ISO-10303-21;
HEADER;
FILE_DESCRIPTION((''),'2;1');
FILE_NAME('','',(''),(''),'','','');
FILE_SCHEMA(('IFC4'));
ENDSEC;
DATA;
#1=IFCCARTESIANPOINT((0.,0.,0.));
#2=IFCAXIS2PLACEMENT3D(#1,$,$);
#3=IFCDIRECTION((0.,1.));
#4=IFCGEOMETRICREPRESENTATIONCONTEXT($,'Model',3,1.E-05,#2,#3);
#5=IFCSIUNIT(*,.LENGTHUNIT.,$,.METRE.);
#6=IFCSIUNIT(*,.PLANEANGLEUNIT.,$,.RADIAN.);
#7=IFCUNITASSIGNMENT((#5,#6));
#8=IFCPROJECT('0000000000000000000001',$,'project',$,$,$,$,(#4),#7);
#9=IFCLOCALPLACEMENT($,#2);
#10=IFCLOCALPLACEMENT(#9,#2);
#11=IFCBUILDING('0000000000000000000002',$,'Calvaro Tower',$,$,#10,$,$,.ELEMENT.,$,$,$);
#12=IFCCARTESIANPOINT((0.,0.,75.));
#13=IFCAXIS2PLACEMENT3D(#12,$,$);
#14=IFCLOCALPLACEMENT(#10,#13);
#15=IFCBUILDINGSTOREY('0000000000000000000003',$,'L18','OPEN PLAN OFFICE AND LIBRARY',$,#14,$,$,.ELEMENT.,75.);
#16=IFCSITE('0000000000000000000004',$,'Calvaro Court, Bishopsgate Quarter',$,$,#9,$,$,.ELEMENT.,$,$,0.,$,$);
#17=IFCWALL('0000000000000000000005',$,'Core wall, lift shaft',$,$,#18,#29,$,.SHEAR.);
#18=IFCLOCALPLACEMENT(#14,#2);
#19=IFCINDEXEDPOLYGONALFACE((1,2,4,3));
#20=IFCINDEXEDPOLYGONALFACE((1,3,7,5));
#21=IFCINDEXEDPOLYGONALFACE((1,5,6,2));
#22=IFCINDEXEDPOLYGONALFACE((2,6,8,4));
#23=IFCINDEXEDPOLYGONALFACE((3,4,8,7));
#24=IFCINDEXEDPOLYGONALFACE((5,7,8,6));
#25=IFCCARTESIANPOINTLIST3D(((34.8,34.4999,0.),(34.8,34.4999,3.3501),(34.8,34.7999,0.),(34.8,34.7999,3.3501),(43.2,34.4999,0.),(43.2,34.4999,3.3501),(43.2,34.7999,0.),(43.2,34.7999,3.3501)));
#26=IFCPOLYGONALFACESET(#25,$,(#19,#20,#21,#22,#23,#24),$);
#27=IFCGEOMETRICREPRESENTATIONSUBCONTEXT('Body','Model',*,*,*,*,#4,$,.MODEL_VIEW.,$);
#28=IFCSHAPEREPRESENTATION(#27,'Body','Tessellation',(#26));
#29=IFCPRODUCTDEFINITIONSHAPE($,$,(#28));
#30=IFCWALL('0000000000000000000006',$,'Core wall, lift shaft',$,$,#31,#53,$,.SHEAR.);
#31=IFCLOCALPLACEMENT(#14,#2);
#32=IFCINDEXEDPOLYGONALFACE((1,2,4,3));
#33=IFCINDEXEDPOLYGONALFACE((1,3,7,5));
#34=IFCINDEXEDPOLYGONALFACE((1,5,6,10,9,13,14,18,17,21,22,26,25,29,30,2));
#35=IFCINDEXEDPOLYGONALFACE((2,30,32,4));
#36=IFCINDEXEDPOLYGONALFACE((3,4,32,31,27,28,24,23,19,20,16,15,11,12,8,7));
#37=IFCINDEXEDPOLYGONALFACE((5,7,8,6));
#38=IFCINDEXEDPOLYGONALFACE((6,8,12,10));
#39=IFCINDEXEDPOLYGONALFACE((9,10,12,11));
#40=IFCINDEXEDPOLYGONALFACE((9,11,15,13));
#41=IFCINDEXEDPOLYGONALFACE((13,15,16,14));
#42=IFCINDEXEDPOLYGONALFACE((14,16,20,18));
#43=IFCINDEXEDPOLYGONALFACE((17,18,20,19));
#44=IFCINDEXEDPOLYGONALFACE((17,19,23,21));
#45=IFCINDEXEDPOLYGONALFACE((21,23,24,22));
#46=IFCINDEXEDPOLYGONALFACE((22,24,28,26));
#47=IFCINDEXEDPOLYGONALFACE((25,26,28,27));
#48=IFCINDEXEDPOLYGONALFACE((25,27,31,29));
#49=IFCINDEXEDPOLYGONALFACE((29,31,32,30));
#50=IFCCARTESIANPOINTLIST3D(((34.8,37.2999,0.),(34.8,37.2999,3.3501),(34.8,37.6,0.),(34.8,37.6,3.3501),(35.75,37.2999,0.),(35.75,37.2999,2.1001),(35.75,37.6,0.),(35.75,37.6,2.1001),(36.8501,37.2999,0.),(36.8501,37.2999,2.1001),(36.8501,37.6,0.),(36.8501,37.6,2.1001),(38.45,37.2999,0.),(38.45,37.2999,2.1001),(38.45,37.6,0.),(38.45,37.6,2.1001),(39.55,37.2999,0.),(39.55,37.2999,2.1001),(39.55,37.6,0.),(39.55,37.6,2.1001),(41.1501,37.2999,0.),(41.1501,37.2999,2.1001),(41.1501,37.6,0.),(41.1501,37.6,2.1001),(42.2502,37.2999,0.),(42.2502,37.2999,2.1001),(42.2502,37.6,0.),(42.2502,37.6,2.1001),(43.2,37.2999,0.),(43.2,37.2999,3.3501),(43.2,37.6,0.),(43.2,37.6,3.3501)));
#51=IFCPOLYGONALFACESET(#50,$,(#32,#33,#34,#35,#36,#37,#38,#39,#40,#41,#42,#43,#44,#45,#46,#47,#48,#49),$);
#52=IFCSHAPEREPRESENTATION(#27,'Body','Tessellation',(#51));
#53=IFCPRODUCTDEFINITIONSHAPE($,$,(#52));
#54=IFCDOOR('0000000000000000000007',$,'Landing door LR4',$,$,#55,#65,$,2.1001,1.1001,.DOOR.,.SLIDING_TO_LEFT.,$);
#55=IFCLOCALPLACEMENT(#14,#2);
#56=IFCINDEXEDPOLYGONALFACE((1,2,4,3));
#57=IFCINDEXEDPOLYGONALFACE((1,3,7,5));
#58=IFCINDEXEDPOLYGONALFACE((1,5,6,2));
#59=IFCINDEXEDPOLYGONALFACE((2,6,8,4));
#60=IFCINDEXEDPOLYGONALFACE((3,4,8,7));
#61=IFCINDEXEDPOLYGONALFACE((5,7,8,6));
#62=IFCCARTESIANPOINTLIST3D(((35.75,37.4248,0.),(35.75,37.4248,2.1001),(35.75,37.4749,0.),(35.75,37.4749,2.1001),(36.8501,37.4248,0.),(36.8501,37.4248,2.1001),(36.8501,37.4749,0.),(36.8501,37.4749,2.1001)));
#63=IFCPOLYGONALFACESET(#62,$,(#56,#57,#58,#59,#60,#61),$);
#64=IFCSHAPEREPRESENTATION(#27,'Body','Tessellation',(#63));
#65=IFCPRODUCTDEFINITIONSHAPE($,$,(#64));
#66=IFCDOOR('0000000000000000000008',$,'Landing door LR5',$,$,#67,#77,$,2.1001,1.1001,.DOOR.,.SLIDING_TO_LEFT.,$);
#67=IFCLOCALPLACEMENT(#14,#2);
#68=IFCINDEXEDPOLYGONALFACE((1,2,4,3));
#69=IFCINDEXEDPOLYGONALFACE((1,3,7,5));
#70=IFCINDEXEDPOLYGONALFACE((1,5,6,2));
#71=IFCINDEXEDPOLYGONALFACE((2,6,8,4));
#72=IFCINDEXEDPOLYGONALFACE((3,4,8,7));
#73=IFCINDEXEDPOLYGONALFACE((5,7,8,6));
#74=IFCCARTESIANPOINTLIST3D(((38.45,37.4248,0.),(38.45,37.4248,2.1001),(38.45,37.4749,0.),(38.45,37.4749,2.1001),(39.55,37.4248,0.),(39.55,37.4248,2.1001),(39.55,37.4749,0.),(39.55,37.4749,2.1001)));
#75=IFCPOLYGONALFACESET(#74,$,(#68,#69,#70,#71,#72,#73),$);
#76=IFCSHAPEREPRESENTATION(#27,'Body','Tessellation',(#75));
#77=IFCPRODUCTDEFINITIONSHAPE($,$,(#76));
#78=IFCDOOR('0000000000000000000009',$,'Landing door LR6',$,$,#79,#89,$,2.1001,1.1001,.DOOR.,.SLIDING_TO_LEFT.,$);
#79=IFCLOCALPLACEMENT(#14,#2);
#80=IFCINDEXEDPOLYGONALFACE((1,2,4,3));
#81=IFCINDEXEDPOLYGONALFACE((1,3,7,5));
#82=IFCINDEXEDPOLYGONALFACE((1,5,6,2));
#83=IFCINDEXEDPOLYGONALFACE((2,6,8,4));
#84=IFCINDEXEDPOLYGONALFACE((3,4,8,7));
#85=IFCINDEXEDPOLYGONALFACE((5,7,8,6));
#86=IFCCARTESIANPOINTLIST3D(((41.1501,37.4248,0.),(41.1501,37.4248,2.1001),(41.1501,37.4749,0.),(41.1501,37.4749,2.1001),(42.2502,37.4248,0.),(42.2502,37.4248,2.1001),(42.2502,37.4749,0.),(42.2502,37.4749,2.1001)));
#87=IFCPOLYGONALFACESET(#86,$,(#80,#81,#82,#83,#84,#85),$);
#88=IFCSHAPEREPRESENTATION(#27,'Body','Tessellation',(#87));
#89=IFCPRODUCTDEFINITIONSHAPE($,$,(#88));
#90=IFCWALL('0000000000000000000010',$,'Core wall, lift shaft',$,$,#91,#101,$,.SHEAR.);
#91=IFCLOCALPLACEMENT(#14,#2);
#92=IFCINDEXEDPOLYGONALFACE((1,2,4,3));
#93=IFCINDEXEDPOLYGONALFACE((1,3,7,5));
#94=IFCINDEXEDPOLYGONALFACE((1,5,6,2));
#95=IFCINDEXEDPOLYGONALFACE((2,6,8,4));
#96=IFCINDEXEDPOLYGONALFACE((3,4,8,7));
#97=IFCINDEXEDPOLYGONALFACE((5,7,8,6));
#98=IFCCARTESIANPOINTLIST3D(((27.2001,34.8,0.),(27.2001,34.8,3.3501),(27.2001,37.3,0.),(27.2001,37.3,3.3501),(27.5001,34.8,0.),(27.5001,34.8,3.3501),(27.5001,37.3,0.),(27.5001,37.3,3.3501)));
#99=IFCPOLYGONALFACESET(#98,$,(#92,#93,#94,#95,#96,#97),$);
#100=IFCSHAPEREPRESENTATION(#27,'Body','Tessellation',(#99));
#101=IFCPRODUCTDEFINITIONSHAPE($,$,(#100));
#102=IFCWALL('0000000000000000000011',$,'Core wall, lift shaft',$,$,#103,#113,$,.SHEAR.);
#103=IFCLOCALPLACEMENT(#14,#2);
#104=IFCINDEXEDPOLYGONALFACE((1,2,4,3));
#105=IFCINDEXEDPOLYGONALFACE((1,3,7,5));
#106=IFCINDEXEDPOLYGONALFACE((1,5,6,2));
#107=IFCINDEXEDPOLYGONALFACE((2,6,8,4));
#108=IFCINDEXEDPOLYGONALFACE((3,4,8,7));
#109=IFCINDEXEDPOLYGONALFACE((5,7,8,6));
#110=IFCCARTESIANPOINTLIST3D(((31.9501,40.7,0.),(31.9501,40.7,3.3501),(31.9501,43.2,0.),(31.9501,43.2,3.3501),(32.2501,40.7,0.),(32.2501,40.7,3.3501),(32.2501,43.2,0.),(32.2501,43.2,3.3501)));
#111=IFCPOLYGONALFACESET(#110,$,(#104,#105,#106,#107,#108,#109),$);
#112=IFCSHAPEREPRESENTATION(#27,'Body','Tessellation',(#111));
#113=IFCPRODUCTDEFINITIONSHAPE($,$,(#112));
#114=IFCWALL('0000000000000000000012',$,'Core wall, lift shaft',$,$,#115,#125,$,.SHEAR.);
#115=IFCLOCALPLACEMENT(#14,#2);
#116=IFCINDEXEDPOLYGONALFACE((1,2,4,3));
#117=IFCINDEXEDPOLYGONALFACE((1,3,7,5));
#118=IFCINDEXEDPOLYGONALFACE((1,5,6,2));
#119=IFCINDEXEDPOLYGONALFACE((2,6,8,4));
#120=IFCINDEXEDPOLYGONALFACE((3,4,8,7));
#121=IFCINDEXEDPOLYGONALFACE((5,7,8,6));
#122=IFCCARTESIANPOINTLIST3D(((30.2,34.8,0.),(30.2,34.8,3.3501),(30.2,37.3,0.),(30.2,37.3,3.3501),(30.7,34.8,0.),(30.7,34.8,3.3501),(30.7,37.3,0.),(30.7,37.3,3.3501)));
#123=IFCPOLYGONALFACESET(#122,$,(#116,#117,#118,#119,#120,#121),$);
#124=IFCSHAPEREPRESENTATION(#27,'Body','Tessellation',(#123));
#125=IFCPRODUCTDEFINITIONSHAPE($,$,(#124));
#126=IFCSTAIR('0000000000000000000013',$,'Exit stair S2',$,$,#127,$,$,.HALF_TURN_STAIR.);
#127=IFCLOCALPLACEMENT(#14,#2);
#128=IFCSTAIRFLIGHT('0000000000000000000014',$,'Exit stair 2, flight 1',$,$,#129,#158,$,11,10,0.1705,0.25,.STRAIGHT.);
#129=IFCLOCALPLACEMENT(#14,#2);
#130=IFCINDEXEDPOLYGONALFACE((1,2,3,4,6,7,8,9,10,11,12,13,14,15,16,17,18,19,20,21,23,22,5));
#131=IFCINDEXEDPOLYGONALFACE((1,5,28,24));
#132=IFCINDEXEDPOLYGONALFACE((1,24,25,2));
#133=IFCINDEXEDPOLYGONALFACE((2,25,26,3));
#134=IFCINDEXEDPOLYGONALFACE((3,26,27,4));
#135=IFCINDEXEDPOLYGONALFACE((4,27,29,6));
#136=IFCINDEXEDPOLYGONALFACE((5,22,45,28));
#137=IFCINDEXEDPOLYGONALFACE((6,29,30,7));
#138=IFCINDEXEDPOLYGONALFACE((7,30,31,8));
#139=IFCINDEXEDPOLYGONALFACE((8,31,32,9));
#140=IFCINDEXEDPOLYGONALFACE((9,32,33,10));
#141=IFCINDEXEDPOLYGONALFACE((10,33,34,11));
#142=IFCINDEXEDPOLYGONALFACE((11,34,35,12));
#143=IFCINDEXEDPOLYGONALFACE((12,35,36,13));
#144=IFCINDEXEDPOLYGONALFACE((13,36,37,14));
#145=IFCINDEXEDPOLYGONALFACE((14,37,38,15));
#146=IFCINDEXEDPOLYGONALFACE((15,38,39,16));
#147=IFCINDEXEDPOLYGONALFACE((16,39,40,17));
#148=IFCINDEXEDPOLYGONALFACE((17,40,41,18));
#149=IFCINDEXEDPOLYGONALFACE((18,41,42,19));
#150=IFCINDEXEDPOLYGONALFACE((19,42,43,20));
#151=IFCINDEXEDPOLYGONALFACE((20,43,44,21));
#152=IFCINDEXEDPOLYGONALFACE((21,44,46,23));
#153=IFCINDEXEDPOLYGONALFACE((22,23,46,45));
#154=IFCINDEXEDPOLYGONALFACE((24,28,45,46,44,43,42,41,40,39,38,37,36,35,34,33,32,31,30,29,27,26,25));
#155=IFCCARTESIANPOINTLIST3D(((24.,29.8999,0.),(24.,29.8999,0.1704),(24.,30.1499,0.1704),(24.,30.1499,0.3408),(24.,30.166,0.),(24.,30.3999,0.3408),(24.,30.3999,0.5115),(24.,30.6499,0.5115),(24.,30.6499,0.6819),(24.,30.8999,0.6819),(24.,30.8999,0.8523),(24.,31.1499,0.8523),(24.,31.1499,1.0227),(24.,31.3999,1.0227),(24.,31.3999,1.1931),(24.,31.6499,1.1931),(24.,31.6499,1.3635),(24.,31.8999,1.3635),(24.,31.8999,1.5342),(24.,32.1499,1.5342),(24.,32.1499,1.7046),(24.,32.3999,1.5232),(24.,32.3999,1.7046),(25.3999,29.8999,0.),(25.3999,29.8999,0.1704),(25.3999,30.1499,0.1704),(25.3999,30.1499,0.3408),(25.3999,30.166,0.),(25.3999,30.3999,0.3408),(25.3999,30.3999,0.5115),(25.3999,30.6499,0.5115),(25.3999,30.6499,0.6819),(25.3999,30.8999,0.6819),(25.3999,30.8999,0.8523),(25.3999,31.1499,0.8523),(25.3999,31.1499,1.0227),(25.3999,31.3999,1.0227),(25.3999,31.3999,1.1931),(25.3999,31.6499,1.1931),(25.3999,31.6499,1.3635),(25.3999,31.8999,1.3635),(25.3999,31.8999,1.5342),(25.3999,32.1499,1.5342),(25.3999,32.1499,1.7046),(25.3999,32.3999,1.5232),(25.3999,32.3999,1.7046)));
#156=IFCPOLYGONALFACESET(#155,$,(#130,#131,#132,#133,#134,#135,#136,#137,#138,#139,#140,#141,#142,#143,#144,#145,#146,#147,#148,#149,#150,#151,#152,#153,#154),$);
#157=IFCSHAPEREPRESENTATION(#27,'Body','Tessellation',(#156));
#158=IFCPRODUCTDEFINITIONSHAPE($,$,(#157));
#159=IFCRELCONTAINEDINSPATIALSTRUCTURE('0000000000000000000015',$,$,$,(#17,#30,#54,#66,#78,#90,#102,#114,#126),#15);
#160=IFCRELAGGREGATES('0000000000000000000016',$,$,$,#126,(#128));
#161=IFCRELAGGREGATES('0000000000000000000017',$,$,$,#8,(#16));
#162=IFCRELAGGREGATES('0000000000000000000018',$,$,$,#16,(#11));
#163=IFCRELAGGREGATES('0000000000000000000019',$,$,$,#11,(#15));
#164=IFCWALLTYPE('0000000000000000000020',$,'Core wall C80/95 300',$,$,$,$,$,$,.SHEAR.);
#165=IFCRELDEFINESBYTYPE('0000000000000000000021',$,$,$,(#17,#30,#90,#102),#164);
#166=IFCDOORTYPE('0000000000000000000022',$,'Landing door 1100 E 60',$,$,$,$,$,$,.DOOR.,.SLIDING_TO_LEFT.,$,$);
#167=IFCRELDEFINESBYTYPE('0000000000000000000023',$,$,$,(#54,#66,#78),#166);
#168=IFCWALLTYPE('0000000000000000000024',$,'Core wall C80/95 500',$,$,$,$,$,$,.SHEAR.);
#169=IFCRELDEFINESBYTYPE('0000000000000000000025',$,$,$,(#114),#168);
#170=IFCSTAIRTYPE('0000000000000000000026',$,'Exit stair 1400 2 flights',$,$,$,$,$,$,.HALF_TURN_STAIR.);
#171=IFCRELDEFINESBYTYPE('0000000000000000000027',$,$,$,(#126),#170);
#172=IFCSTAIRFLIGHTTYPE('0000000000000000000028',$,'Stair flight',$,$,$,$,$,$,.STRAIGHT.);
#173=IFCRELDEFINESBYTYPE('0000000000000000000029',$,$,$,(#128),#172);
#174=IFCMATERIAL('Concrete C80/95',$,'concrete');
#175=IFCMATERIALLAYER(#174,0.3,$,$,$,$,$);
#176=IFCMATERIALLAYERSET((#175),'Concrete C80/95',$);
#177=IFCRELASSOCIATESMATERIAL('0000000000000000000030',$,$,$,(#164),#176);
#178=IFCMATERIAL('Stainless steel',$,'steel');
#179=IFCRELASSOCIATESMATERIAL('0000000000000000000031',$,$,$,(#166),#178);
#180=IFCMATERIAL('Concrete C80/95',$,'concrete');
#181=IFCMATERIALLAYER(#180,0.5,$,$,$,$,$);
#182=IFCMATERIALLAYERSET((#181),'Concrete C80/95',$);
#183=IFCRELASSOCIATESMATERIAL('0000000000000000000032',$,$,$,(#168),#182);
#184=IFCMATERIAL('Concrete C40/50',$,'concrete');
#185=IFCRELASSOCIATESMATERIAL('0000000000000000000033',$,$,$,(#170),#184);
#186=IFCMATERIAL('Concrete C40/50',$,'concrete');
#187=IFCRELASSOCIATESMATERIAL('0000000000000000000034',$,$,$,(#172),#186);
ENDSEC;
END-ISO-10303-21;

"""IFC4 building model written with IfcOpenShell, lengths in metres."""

from ifc_helpers import new_model, si_unit, direction, frame, frame_2d, origin, place, context, subcontext, project, spatial, polyline, rectangle, outline, extrude, material, layer, layer_set, type_object, element, fill, aggregate, save


model = new_model("IFC4")

# Units and contexts
model_context = context("Model", 3, precision=1e-05, world=origin(), true_north=direction((0.0, 1.0)))
body_context = subcontext(model_context, "Body", "Model", "MODEL_VIEW")
ifc_project = project(units=[si_unit("LENGTHUNIT", "METRE"), si_unit("PLANEANGLEUNIT", "RADIAN")], contexts=[model_context])

# Site, building, storey
site_placement = place(None, origin())
site = spatial("IfcSite", under=ifc_project, at=site_placement, Name="Calvaro Court, Bishopsgate Quarter", CompositionType="ELEMENT", RefElevation=0.0)
building_placement = place(site_placement, origin())
building = spatial("IfcBuilding", under=site, at=building_placement, Name="Calvaro Tower", CompositionType="ELEMENT")
storey_placement = place(building_placement, frame((0.0, 0.0, 75.0)))
storey = spatial("IfcBuildingStorey", under=building, at=storey_placement, Name="L18", Description="OPEN PLAN OFFICE AND LIBRARY", CompositionType="ELEMENT", Elevation=75.0)

# Wall
ifc_material_1 = material(Name="Concrete C80/95", Category="concrete")
ifc_layer_1 = layer(ifc_material_1, 0.3)
ifc_layer_set_1 = layer_set([ifc_layer_1], Name="Concrete C80/95")
wall_type_1 = type_object("IfcWallType", Name="Core wall C80/95 300", PredefinedType="SHEAR", material=ifc_layer_set_1)
wall_1_placement = place(storey_placement, frame((34.8, 34.6499, 0.0), z_axis=(0.0, 0.0, 1.0), x_axis=(1.0, 0.0, 0.0)))
element("IfcWall", 1, at=wall_1_placement, inside=storey, type_object=wall_type_1, Name="Core wall, lift shaft", PredefinedType="SHEAR", context=body_context, shape_type="SweptSolid", body=[
    extrude(rectangle(XDim=8.3999, YDim=0.3, at=frame_2d((4.2, 0.0))), origin(), (0.0, 0.0, 1.0), 3.3501),
])

# Wall, openings, doors
wall_2_placement = place(storey_placement, frame((34.8, 37.45, 0.0), z_axis=(0.0, 0.0, 1.0), x_axis=(1.0, 0.0, 0.0)))
wall_2 = element("IfcWall", 2, at=wall_2_placement, inside=storey, type_object=wall_type_1, Name="Core wall, lift shaft", PredefinedType="SHEAR", context=body_context, shape_type="SweptSolid", body=[
    extrude(rectangle(XDim=8.3999, YDim=0.3, at=frame_2d((4.2, 0.0))), origin(), (0.0, 0.0, 1.0), 3.3501),
])
opening_1_placement = place(wall_2_placement, frame((0.95, 0.0, 0.0)))
opening_1 = element("IfcOpeningElement", 3, at=opening_1_placement, cuts=wall_2, PredefinedType="OPENING", context=body_context, shape_type="SweptSolid", body=[
    extrude(rectangle(XDim=1.1001, YDim=2.1001, at=frame_2d((0.55, 1.05))), frame((0.0, 0.1599, 0.0), z_axis=(0.0, -1.0, 0.0), x_axis=(1.0, 0.0, 0.0)), (0.0, 0.0, 1.0), 0.3201),
])
opening_2_placement = place(wall_2_placement, frame((3.6499, 0.0, 0.0)))
opening_2 = element("IfcOpeningElement", 4, at=opening_2_placement, cuts=wall_2, PredefinedType="OPENING", context=body_context, shape_type="SweptSolid", body=[
    extrude(rectangle(XDim=1.1001, YDim=2.1001, at=frame_2d((0.55, 1.05))), frame((0.0, 0.1599, 0.0), z_axis=(0.0, -1.0, 0.0), x_axis=(1.0, 0.0, 0.0)), (0.0, 0.0, 1.0), 0.3201),
])
opening_3_placement = place(wall_2_placement, frame((6.3501, 0.0, 0.0)))
opening_3 = element("IfcOpeningElement", 5, at=opening_3_placement, cuts=wall_2, PredefinedType="OPENING", context=body_context, shape_type="SweptSolid", body=[
    extrude(rectangle(XDim=1.1001, YDim=2.1001, at=frame_2d((0.55, 1.05))), frame((0.0, 0.1599, 0.0), z_axis=(0.0, -1.0, 0.0), x_axis=(1.0, 0.0, 0.0)), (0.0, 0.0, 1.0), 0.3201),
])
ifc_material_2 = material(Name="Stainless steel", Category="steel")
door_type = type_object("IfcDoorType", Name="Landing door 1100 E 60", OperationType="SLIDING_TO_LEFT", PredefinedType="DOOR", material=ifc_material_2)
door_1_placement = place(opening_1_placement, origin())
door_1 = element("IfcDoor", 6, at=door_1_placement, inside=storey, type_object=door_type, Name="Landing door LR4", OperationType="SLIDING_TO_LEFT", OverallHeight=2.1001, OverallWidth=1.1001, PredefinedType="DOOR", context=body_context, shape_type="SweptSolid", body=[
    extrude(rectangle(XDim=1.1001, YDim=2.1001, at=frame_2d((0.55, 1.05))), frame((0.0, 0.0249, 0.0), z_axis=(0.0, -1.0, 0.0), x_axis=(1.0, 0.0, 0.0)), (0.0, 0.0, 1.0), 0.05),
])
fill(opening_1, door_1)
door_2_placement = place(opening_2_placement, origin())
door_2 = element("IfcDoor", 7, at=door_2_placement, inside=storey, type_object=door_type, Name="Landing door LR5", OperationType="SLIDING_TO_LEFT", OverallHeight=2.1001, OverallWidth=1.1001, PredefinedType="DOOR", context=body_context, shape_type="SweptSolid", body=[
    extrude(rectangle(XDim=1.1001, YDim=2.1001, at=frame_2d((0.55, 1.05))), frame((0.0, 0.0249, 0.0), z_axis=(0.0, -1.0, 0.0), x_axis=(1.0, 0.0, 0.0)), (0.0, 0.0, 1.0), 0.05),
])
fill(opening_2, door_2)
door_3_placement = place(opening_3_placement, origin())
door_3 = element("IfcDoor", 8, at=door_3_placement, inside=storey, type_object=door_type, Name="Landing door LR6", OperationType="SLIDING_TO_LEFT", OverallHeight=2.1001, OverallWidth=1.1001, PredefinedType="DOOR", context=body_context, shape_type="SweptSolid", body=[
    extrude(rectangle(XDim=1.1001, YDim=2.1001, at=frame_2d((0.55, 1.05))), frame((0.0, 0.0249, 0.0), z_axis=(0.0, -1.0, 0.0), x_axis=(1.0, 0.0, 0.0)), (0.0, 0.0, 1.0), 0.05),
])
fill(opening_3, door_3)

# Walls
for number, where, z_axis, x_axis, name in (
    (9, (27.3501, 34.8, 0.0), (0.0, 0.0, 1.0), (0.0, 1.0, 0.0), "Core wall, lift shaft"),
    (10, (32.1001, 40.7, 0.0), (0.0, 0.0, 1.0), (0.0, 1.0, 0.0), "Core wall, lift shaft"),
):
    element("IfcWall", number, at=place(storey_placement, frame(where, z_axis=z_axis, x_axis=x_axis)), inside=storey, type_object=wall_type_1, Name=name, PredefinedType="SHEAR", context=body_context, shape_type="SweptSolid", body=[
        extrude(rectangle(XDim=2.5, YDim=0.3, at=frame_2d((1.25, 0.0))), origin(), (0.0, 0.0, 1.0), 3.3501),
    ])
ifc_material_3 = material(Name="Concrete C80/95", Category="concrete")
ifc_layer_2 = layer(ifc_material_3, 0.5)
ifc_layer_set_2 = layer_set([ifc_layer_2], Name="Concrete C80/95")
wall_type_2 = type_object("IfcWallType", Name="Core wall C80/95 500", PredefinedType="SHEAR", material=ifc_layer_set_2)
wall_3_placement = place(storey_placement, frame((30.45, 34.8, 0.0), z_axis=(0.0, 0.0, 1.0), x_axis=(0.0, 1.0, 0.0)))
element("IfcWall", 11, at=wall_3_placement, inside=storey, type_object=wall_type_2, Name="Core wall, lift shaft", PredefinedType="SHEAR", context=body_context, shape_type="SweptSolid", body=[
    extrude(rectangle(XDim=2.5, YDim=0.5, at=frame_2d((1.25, 0.0))), origin(), (0.0, 0.0, 1.0), 3.3501),
])

# Stair, stair flight
ifc_material_4 = material(Name="Concrete C40/50", Category="concrete")
stair_type = type_object("IfcStairType", Name="Exit stair 1400 2 flights", PredefinedType="HALF_TURN_STAIR", material=ifc_material_4)
stair_placement = place(storey_placement, origin())
stair = element("IfcStair", 12, at=stair_placement, inside=storey, type_object=stair_type, Name="Exit stair S2", PredefinedType="HALF_TURN_STAIR")
ifc_material_5 = material(Name="Concrete C40/50", Category="concrete")
stair_flight_type = type_object("IfcStairFlightType", Name="Stair flight", PredefinedType="STRAIGHT", material=ifc_material_5)
stair_flight_1_placement = place(storey_placement, frame((24.7, 29.8999, 0.0), z_axis=(0.0, 0.0, 1.0), x_axis=(0.0, 1.0, 0.0)))
stair_flight_1 = element("IfcStairFlight", 13, at=stair_flight_1_placement, type_object=stair_flight_type, Name="Exit stair 2, flight 1", NumberOfRisers=11, NumberOfTreads=10, PredefinedType="STRAIGHT", RiserHeight=0.1705, TreadLength=0.25, context=body_context, shape_type="SweptSolid", body=[
    extrude(outline(polyline([(0.0, 0.0), (0.0, 0.1704), (0.25, 0.1704), (0.25, 0.3408), (0.5, 0.3408), (0.5, 0.5115), (0.75, 0.5115), (0.75, 0.6819), (1.0, 0.6819), (1.0, 0.8523), (1.25, 0.8523), (1.25, 1.0227), (1.5, 1.0227), (1.5, 1.1931), (1.75, 1.1931), (1.75, 1.3635), (2.0, 1.3635), (2.0, 1.5342), (2.25, 1.5342), (2.25, 1.7046), (2.5, 1.7046), (2.5, 1.875), (2.5, 1.5232), (0.2661, 0.0), (0.0, 0.0)])), frame((0.0, 0.7, 0.0), z_axis=(0.0, -1.0, 0.0), x_axis=(1.0, 0.0, 0.0)), (0.0, 0.0, 1.0), 1.3999),
])
aggregate(stair, [stair_flight_1])

save(model, "model.ifc")
